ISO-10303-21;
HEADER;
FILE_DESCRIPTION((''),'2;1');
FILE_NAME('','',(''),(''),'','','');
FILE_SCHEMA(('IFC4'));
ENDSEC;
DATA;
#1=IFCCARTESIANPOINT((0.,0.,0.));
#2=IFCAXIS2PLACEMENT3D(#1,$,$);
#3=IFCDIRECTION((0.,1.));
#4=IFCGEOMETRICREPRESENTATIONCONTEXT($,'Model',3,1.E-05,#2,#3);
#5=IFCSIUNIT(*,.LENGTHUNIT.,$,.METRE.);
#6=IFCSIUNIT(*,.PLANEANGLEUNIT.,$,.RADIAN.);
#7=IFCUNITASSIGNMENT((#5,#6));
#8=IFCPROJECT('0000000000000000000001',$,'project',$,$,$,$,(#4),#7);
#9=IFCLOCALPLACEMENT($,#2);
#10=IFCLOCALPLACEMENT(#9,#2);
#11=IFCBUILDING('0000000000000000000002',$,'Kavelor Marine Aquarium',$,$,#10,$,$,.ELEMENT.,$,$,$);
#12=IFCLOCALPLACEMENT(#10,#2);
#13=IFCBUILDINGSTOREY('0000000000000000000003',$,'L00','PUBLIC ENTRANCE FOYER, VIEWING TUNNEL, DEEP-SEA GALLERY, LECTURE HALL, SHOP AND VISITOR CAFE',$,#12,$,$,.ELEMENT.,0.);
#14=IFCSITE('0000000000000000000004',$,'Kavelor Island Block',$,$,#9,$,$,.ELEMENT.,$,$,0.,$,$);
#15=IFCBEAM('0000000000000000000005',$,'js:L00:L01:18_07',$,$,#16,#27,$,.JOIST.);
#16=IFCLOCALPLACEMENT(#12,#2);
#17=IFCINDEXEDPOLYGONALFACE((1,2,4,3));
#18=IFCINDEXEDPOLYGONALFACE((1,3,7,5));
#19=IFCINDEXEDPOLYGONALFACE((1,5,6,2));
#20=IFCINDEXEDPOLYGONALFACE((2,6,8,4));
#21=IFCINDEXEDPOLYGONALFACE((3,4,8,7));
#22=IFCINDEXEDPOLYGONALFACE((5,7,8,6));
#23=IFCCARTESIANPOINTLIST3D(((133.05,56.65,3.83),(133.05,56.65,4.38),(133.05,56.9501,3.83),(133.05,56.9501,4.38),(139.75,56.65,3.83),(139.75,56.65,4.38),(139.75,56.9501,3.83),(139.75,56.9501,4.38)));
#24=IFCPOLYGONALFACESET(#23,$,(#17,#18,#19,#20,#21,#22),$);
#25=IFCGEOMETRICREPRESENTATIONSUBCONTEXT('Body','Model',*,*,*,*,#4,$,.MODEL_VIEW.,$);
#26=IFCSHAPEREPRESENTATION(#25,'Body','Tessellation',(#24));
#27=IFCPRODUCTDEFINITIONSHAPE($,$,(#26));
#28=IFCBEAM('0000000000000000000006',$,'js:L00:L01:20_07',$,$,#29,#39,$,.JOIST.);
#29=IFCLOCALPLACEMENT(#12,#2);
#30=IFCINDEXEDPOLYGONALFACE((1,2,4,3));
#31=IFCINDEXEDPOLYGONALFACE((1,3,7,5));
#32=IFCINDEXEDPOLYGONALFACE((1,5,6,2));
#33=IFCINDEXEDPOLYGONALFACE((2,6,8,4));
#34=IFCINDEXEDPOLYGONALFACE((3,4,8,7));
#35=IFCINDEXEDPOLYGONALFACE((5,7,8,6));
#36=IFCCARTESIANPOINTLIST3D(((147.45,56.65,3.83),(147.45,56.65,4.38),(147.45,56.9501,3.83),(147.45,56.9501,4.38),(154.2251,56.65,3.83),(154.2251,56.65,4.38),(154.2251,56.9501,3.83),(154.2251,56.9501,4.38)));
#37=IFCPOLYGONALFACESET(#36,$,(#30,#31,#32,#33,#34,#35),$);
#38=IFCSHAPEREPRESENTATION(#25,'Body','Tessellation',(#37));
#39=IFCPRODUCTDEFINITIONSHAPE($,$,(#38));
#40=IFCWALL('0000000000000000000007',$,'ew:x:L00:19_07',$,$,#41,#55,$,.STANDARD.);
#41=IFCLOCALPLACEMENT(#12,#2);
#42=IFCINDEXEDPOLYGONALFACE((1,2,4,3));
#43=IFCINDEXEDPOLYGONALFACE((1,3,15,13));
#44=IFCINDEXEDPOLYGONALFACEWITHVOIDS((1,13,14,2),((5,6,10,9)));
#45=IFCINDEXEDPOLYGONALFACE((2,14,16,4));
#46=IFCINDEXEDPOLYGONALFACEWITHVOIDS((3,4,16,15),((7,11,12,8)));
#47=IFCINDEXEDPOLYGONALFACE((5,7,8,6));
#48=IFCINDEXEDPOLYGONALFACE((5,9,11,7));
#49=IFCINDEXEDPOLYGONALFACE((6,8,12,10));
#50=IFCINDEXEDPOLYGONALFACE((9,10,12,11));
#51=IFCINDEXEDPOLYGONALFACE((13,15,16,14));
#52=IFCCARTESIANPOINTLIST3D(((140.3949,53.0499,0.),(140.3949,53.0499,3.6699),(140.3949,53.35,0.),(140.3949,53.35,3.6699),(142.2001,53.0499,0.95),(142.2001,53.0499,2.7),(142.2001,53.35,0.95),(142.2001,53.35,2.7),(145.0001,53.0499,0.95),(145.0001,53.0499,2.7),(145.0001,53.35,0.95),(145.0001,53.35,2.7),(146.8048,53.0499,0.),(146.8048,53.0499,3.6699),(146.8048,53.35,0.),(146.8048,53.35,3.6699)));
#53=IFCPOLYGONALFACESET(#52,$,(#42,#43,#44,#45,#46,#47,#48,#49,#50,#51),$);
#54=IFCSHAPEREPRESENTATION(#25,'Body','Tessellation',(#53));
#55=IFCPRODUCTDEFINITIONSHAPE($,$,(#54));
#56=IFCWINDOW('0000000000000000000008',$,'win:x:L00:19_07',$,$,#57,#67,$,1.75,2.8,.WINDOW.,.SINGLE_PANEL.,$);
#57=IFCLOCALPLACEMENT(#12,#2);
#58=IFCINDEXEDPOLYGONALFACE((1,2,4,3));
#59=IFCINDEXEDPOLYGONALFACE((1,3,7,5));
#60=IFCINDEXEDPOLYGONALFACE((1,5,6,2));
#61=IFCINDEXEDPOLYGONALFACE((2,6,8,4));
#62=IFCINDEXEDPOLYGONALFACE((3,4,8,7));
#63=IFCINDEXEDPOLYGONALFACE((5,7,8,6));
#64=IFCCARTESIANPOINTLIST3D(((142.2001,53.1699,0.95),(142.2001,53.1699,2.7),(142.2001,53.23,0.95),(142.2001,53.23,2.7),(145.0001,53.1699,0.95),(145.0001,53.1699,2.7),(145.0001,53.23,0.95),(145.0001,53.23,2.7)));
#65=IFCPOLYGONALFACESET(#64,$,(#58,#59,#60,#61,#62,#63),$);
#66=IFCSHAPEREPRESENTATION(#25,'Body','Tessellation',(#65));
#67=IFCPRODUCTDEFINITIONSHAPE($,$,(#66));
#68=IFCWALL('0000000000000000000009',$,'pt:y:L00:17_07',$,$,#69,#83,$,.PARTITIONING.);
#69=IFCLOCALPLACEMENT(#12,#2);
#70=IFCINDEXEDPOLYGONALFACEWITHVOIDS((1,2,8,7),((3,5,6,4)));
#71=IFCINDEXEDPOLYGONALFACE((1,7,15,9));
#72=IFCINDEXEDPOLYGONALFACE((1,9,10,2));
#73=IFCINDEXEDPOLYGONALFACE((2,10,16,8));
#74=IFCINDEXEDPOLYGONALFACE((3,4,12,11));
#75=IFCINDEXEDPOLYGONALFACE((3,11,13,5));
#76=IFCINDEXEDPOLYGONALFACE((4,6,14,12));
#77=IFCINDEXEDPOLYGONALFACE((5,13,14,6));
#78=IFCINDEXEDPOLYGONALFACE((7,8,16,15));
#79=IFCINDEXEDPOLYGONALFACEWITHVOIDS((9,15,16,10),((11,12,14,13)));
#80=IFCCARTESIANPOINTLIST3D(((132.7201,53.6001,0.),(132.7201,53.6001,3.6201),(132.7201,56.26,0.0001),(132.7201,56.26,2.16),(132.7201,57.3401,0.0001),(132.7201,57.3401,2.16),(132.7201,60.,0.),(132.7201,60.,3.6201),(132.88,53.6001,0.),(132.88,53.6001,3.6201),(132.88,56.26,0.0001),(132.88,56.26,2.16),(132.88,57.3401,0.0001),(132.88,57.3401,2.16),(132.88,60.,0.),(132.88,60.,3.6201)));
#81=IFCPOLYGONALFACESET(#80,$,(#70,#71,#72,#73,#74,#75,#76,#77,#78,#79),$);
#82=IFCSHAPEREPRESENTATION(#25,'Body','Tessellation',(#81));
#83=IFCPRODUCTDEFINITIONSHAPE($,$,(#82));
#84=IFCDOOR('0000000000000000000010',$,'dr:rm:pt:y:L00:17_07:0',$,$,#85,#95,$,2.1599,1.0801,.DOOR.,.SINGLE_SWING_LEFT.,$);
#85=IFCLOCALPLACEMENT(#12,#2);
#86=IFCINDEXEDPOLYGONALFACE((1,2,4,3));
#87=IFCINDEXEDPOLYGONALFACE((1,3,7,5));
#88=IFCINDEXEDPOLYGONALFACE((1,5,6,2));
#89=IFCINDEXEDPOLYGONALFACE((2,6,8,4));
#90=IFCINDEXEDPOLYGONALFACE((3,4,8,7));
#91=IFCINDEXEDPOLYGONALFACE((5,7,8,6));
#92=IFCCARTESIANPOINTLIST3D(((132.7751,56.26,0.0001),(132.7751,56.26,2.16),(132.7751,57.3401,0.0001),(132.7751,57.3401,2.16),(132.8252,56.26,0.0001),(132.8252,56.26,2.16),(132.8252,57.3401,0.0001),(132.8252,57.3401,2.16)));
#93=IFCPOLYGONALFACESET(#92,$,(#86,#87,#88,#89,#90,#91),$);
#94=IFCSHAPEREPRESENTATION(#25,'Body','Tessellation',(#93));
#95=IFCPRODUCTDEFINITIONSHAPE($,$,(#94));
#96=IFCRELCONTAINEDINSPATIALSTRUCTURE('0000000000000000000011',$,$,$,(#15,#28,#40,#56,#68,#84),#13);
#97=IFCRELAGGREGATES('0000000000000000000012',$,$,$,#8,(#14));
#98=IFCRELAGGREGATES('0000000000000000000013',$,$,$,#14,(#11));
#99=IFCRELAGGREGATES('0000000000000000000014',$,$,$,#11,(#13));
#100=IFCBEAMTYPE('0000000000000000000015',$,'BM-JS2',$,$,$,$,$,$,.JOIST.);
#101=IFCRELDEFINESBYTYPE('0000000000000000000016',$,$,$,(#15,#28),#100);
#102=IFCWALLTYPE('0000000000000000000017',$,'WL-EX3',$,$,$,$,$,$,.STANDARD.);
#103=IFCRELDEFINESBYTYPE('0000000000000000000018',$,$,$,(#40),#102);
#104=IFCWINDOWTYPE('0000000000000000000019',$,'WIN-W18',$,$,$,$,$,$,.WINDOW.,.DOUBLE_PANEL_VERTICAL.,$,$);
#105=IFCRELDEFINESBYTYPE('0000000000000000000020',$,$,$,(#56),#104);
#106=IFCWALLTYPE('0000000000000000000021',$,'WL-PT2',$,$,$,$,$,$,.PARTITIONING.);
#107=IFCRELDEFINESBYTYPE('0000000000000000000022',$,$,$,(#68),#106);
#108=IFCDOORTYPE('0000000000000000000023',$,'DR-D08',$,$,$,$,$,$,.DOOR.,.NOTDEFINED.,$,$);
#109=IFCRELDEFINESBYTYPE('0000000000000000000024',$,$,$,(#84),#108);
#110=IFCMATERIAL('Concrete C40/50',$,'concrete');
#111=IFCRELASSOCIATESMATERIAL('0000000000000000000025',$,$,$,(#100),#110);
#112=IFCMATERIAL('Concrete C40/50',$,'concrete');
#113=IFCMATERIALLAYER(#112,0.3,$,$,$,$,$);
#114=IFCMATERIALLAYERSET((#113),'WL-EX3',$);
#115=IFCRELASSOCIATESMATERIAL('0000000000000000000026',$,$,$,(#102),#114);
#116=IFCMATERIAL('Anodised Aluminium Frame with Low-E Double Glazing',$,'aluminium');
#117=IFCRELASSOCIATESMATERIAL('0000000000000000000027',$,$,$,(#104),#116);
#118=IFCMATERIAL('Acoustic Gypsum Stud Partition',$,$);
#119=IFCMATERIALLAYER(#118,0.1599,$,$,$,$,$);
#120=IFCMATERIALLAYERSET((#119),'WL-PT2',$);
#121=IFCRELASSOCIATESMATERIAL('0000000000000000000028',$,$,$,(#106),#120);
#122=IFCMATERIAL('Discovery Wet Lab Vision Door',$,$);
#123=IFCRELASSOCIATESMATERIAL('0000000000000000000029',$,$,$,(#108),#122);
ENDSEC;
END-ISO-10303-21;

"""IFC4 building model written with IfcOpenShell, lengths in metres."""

from ifc_helpers import new_model, si_unit, direction, frame, frame_2d, origin, origin_2d, place, context, subcontext, project, spatial, rectangle, extrude, material, layer, layer_set, material_profile, profile_set, type_object, element, fill, save


model = new_model("IFC4")

# Units and contexts
model_context = context("Model", 3, precision=1e-05, world=origin(), true_north=direction((0.0, 1.0)))
body_context = subcontext(model_context, "Body", "Model", "MODEL_VIEW")
ifc_project = project(units=[si_unit("LENGTHUNIT", "METRE"), si_unit("PLANEANGLEUNIT", "RADIAN")], contexts=[model_context])

# Site, building, storey
site_placement = place(None, origin())
site = spatial("IfcSite", under=ifc_project, at=site_placement, Name="Kavelor Island Block", CompositionType="ELEMENT", RefElevation=0.0)
building_placement = place(site_placement, origin())
building = spatial("IfcBuilding", under=site, at=building_placement, Name="Kavelor Marine Aquarium", CompositionType="ELEMENT")
storey_placement = place(building_placement, origin())
storey = spatial("IfcBuildingStorey", under=building, at=storey_placement, Name="L00", Description="PUBLIC ENTRANCE FOYER, VIEWING TUNNEL, DEEP-SEA GALLERY, LECTURE HALL, SHOP AND VISITOR CAFE", CompositionType="ELEMENT", Elevation=0.0)

# Beams
ifc_material_1 = material(Name="Concrete C40/50", Category="concrete")
ifc_material_profile_1 = material_profile(ifc_material_1, rectangle(XDim=0.3, YDim=0.55, at=origin_2d()), Name="RC-JS 300x550")
ifc_profile_set_1 = profile_set([ifc_material_profile_1], Name="Concrete C40/50")
beam_type_1 = type_object("IfcBeamType", Name="BM-JS2", PredefinedType="JOIST", material=ifc_profile_set_1)
beam_1_placement = place(storey_placement, frame((133.05, 56.8, 4.105), z_axis=(1.0, 0.0, 0.0), x_axis=(0.0, 1.0, 0.0)))
element("IfcBeam", 1, at=beam_1_placement, inside=storey, type_object=beam_type_1, Name="js:L00:L01:18_07", PredefinedType="JOIST", context=body_context, shape_type="SweptSolid", body=[
    extrude(rectangle(XDim=0.3, YDim=0.55, at=origin_2d()), origin(), (0.0, 0.0, 1.0), 6.7),
])
beam_2_placement = place(storey_placement, frame((147.45, 56.8, 4.105), z_axis=(1.0, 0.0, 0.0), x_axis=(0.0, 1.0, 0.0)))
element("IfcBeam", 2, at=beam_2_placement, inside=storey, type_object=beam_type_1, Name="js:L00:L01:20_07", PredefinedType="JOIST", context=body_context, shape_type="SweptSolid", body=[
    extrude(rectangle(XDim=0.3, YDim=0.55, at=origin_2d()), origin(), (0.0, 0.0, 1.0), 6.7751),
])

# Wall, opening, window
ifc_material_2 = material(Name="Concrete C40/50", Category="concrete")
ifc_layer_1 = layer(ifc_material_2, 0.3)
ifc_layer_set_1 = layer_set([ifc_layer_1], Name="WL-EX3")
wall_type_1 = type_object("IfcWallType", Name="WL-EX3", PredefinedType="STANDARD", material=ifc_layer_set_1)
wall_1_placement = place(storey_placement, frame((146.8049, 53.2, 0.0), z_axis=(0.0, 0.0, 1.0), x_axis=(-1.0, 0.0, 0.0)))
wall_1 = element("IfcWall", 3, at=wall_1_placement, inside=storey, type_object=wall_type_1, Name="ew:x:L00:19_07", PredefinedType="STANDARD", context=body_context, shape_type="SweptSolid", body=[
    extrude(rectangle(XDim=6.4099, YDim=0.3, at=frame_2d((3.2051, 0.0))), origin(), (0.0, 0.0, 1.0), 3.6699),
])
opening_1_placement = place(wall_1_placement, frame((1.8049, 0.0, 0.95)))
opening_1 = element("IfcOpeningElement", 4, at=opening_1_placement, cuts=wall_1, PredefinedType="OPENING", context=body_context, shape_type="SweptSolid", body=[
    extrude(rectangle(XDim=2.8, YDim=1.75, at=frame_2d((1.3999, 0.875))), frame((0.0, 0.1599, 0.0), z_axis=(0.0, -1.0, 0.0), x_axis=(1.0, 0.0, 0.0)), (0.0, 0.0, 1.0), 0.32),
])
ifc_material_3 = material(Name="Anodised Aluminium Frame with Low-E Double Glazing", Category="aluminium")
window_type = type_object("IfcWindowType", Name="WIN-W18", PartitioningType="DOUBLE_PANEL_VERTICAL", PredefinedType="WINDOW", material=ifc_material_3)
window_placement = place(opening_1_placement, origin())
window = element("IfcWindow", 5, at=window_placement, inside=storey, type_object=window_type, Name="win:x:L00:19_07", OverallHeight=1.75, OverallWidth=2.8, PartitioningType="SINGLE_PANEL", PredefinedType="WINDOW", context=body_context, shape_type="SweptSolid", body=[
    extrude(rectangle(XDim=2.8, YDim=1.75, at=frame_2d((1.3999, 0.875))), frame((0.0, 0.03, 0.0), z_axis=(0.0, -1.0, 0.0), x_axis=(1.0, 0.0, 0.0)), (0.0, 0.0, 1.0), 0.0601),
])
fill(opening_1, window)

# Wall, opening, door
ifc_material_4 = material(Name="Acoustic Gypsum Stud Partition")
ifc_layer_2 = layer(ifc_material_4, 0.1599)
ifc_layer_set_2 = layer_set([ifc_layer_2], Name="WL-PT2")
wall_type_2 = type_object("IfcWallType", Name="WL-PT2", PredefinedType="PARTITIONING", material=ifc_layer_set_2)
wall_2_placement = place(storey_placement, frame((132.8, 53.6001, 0.0), z_axis=(0.0, 0.0, 1.0), x_axis=(0.0, 1.0, 0.0)))
wall_2 = element("IfcWall", 6, at=wall_2_placement, inside=storey, type_object=wall_type_2, Name="pt:y:L00:17_07", PredefinedType="PARTITIONING", context=body_context, shape_type="SweptSolid", body=[
    extrude(rectangle(XDim=6.3999, YDim=0.1599, at=frame_2d((3.2, 0.0))), origin(), (0.0, 0.0, 1.0), 3.6201),
])
opening_2_placement = place(wall_2_placement, frame((2.6599, 0.0, 0.0)))
opening_2 = element("IfcOpeningElement", 7, at=opening_2_placement, cuts=wall_2, PredefinedType="OPENING", context=body_context, shape_type="SweptSolid", body=[
    extrude(rectangle(XDim=1.0801, YDim=2.1599, at=frame_2d((0.54, 1.0801))), frame((0.0, 0.0898, 0.0), z_axis=(0.0, -1.0, 0.0), x_axis=(1.0, 0.0, 0.0)), (0.0, 0.0, 1.0), 0.1799),
])
ifc_material_5 = material(Name="Discovery Wet Lab Vision Door")
door_type = type_object("IfcDoorType", Name="DR-D08", OperationType="NOTDEFINED", PredefinedType="DOOR", material=ifc_material_5)
door_placement = place(opening_2_placement, origin())
door = element("IfcDoor", 8, at=door_placement, inside=storey, type_object=door_type, Name="dr:rm:pt:y:L00:17_07:0", OperationType="SINGLE_SWING_LEFT", OverallHeight=2.1599, OverallWidth=1.0801, PredefinedType="DOOR", context=body_context, shape_type="SweptSolid", body=[
    extrude(rectangle(XDim=1.0801, YDim=2.1599, at=frame_2d((0.54, 1.0801))), frame((0.0, 0.0249, 0.0), z_axis=(0.0, -1.0, 0.0), x_axis=(1.0, 0.0, 0.0)), (0.0, 0.0, 1.0), 0.05),
])
fill(opening_2, door)

save(model, "model.ifc")
